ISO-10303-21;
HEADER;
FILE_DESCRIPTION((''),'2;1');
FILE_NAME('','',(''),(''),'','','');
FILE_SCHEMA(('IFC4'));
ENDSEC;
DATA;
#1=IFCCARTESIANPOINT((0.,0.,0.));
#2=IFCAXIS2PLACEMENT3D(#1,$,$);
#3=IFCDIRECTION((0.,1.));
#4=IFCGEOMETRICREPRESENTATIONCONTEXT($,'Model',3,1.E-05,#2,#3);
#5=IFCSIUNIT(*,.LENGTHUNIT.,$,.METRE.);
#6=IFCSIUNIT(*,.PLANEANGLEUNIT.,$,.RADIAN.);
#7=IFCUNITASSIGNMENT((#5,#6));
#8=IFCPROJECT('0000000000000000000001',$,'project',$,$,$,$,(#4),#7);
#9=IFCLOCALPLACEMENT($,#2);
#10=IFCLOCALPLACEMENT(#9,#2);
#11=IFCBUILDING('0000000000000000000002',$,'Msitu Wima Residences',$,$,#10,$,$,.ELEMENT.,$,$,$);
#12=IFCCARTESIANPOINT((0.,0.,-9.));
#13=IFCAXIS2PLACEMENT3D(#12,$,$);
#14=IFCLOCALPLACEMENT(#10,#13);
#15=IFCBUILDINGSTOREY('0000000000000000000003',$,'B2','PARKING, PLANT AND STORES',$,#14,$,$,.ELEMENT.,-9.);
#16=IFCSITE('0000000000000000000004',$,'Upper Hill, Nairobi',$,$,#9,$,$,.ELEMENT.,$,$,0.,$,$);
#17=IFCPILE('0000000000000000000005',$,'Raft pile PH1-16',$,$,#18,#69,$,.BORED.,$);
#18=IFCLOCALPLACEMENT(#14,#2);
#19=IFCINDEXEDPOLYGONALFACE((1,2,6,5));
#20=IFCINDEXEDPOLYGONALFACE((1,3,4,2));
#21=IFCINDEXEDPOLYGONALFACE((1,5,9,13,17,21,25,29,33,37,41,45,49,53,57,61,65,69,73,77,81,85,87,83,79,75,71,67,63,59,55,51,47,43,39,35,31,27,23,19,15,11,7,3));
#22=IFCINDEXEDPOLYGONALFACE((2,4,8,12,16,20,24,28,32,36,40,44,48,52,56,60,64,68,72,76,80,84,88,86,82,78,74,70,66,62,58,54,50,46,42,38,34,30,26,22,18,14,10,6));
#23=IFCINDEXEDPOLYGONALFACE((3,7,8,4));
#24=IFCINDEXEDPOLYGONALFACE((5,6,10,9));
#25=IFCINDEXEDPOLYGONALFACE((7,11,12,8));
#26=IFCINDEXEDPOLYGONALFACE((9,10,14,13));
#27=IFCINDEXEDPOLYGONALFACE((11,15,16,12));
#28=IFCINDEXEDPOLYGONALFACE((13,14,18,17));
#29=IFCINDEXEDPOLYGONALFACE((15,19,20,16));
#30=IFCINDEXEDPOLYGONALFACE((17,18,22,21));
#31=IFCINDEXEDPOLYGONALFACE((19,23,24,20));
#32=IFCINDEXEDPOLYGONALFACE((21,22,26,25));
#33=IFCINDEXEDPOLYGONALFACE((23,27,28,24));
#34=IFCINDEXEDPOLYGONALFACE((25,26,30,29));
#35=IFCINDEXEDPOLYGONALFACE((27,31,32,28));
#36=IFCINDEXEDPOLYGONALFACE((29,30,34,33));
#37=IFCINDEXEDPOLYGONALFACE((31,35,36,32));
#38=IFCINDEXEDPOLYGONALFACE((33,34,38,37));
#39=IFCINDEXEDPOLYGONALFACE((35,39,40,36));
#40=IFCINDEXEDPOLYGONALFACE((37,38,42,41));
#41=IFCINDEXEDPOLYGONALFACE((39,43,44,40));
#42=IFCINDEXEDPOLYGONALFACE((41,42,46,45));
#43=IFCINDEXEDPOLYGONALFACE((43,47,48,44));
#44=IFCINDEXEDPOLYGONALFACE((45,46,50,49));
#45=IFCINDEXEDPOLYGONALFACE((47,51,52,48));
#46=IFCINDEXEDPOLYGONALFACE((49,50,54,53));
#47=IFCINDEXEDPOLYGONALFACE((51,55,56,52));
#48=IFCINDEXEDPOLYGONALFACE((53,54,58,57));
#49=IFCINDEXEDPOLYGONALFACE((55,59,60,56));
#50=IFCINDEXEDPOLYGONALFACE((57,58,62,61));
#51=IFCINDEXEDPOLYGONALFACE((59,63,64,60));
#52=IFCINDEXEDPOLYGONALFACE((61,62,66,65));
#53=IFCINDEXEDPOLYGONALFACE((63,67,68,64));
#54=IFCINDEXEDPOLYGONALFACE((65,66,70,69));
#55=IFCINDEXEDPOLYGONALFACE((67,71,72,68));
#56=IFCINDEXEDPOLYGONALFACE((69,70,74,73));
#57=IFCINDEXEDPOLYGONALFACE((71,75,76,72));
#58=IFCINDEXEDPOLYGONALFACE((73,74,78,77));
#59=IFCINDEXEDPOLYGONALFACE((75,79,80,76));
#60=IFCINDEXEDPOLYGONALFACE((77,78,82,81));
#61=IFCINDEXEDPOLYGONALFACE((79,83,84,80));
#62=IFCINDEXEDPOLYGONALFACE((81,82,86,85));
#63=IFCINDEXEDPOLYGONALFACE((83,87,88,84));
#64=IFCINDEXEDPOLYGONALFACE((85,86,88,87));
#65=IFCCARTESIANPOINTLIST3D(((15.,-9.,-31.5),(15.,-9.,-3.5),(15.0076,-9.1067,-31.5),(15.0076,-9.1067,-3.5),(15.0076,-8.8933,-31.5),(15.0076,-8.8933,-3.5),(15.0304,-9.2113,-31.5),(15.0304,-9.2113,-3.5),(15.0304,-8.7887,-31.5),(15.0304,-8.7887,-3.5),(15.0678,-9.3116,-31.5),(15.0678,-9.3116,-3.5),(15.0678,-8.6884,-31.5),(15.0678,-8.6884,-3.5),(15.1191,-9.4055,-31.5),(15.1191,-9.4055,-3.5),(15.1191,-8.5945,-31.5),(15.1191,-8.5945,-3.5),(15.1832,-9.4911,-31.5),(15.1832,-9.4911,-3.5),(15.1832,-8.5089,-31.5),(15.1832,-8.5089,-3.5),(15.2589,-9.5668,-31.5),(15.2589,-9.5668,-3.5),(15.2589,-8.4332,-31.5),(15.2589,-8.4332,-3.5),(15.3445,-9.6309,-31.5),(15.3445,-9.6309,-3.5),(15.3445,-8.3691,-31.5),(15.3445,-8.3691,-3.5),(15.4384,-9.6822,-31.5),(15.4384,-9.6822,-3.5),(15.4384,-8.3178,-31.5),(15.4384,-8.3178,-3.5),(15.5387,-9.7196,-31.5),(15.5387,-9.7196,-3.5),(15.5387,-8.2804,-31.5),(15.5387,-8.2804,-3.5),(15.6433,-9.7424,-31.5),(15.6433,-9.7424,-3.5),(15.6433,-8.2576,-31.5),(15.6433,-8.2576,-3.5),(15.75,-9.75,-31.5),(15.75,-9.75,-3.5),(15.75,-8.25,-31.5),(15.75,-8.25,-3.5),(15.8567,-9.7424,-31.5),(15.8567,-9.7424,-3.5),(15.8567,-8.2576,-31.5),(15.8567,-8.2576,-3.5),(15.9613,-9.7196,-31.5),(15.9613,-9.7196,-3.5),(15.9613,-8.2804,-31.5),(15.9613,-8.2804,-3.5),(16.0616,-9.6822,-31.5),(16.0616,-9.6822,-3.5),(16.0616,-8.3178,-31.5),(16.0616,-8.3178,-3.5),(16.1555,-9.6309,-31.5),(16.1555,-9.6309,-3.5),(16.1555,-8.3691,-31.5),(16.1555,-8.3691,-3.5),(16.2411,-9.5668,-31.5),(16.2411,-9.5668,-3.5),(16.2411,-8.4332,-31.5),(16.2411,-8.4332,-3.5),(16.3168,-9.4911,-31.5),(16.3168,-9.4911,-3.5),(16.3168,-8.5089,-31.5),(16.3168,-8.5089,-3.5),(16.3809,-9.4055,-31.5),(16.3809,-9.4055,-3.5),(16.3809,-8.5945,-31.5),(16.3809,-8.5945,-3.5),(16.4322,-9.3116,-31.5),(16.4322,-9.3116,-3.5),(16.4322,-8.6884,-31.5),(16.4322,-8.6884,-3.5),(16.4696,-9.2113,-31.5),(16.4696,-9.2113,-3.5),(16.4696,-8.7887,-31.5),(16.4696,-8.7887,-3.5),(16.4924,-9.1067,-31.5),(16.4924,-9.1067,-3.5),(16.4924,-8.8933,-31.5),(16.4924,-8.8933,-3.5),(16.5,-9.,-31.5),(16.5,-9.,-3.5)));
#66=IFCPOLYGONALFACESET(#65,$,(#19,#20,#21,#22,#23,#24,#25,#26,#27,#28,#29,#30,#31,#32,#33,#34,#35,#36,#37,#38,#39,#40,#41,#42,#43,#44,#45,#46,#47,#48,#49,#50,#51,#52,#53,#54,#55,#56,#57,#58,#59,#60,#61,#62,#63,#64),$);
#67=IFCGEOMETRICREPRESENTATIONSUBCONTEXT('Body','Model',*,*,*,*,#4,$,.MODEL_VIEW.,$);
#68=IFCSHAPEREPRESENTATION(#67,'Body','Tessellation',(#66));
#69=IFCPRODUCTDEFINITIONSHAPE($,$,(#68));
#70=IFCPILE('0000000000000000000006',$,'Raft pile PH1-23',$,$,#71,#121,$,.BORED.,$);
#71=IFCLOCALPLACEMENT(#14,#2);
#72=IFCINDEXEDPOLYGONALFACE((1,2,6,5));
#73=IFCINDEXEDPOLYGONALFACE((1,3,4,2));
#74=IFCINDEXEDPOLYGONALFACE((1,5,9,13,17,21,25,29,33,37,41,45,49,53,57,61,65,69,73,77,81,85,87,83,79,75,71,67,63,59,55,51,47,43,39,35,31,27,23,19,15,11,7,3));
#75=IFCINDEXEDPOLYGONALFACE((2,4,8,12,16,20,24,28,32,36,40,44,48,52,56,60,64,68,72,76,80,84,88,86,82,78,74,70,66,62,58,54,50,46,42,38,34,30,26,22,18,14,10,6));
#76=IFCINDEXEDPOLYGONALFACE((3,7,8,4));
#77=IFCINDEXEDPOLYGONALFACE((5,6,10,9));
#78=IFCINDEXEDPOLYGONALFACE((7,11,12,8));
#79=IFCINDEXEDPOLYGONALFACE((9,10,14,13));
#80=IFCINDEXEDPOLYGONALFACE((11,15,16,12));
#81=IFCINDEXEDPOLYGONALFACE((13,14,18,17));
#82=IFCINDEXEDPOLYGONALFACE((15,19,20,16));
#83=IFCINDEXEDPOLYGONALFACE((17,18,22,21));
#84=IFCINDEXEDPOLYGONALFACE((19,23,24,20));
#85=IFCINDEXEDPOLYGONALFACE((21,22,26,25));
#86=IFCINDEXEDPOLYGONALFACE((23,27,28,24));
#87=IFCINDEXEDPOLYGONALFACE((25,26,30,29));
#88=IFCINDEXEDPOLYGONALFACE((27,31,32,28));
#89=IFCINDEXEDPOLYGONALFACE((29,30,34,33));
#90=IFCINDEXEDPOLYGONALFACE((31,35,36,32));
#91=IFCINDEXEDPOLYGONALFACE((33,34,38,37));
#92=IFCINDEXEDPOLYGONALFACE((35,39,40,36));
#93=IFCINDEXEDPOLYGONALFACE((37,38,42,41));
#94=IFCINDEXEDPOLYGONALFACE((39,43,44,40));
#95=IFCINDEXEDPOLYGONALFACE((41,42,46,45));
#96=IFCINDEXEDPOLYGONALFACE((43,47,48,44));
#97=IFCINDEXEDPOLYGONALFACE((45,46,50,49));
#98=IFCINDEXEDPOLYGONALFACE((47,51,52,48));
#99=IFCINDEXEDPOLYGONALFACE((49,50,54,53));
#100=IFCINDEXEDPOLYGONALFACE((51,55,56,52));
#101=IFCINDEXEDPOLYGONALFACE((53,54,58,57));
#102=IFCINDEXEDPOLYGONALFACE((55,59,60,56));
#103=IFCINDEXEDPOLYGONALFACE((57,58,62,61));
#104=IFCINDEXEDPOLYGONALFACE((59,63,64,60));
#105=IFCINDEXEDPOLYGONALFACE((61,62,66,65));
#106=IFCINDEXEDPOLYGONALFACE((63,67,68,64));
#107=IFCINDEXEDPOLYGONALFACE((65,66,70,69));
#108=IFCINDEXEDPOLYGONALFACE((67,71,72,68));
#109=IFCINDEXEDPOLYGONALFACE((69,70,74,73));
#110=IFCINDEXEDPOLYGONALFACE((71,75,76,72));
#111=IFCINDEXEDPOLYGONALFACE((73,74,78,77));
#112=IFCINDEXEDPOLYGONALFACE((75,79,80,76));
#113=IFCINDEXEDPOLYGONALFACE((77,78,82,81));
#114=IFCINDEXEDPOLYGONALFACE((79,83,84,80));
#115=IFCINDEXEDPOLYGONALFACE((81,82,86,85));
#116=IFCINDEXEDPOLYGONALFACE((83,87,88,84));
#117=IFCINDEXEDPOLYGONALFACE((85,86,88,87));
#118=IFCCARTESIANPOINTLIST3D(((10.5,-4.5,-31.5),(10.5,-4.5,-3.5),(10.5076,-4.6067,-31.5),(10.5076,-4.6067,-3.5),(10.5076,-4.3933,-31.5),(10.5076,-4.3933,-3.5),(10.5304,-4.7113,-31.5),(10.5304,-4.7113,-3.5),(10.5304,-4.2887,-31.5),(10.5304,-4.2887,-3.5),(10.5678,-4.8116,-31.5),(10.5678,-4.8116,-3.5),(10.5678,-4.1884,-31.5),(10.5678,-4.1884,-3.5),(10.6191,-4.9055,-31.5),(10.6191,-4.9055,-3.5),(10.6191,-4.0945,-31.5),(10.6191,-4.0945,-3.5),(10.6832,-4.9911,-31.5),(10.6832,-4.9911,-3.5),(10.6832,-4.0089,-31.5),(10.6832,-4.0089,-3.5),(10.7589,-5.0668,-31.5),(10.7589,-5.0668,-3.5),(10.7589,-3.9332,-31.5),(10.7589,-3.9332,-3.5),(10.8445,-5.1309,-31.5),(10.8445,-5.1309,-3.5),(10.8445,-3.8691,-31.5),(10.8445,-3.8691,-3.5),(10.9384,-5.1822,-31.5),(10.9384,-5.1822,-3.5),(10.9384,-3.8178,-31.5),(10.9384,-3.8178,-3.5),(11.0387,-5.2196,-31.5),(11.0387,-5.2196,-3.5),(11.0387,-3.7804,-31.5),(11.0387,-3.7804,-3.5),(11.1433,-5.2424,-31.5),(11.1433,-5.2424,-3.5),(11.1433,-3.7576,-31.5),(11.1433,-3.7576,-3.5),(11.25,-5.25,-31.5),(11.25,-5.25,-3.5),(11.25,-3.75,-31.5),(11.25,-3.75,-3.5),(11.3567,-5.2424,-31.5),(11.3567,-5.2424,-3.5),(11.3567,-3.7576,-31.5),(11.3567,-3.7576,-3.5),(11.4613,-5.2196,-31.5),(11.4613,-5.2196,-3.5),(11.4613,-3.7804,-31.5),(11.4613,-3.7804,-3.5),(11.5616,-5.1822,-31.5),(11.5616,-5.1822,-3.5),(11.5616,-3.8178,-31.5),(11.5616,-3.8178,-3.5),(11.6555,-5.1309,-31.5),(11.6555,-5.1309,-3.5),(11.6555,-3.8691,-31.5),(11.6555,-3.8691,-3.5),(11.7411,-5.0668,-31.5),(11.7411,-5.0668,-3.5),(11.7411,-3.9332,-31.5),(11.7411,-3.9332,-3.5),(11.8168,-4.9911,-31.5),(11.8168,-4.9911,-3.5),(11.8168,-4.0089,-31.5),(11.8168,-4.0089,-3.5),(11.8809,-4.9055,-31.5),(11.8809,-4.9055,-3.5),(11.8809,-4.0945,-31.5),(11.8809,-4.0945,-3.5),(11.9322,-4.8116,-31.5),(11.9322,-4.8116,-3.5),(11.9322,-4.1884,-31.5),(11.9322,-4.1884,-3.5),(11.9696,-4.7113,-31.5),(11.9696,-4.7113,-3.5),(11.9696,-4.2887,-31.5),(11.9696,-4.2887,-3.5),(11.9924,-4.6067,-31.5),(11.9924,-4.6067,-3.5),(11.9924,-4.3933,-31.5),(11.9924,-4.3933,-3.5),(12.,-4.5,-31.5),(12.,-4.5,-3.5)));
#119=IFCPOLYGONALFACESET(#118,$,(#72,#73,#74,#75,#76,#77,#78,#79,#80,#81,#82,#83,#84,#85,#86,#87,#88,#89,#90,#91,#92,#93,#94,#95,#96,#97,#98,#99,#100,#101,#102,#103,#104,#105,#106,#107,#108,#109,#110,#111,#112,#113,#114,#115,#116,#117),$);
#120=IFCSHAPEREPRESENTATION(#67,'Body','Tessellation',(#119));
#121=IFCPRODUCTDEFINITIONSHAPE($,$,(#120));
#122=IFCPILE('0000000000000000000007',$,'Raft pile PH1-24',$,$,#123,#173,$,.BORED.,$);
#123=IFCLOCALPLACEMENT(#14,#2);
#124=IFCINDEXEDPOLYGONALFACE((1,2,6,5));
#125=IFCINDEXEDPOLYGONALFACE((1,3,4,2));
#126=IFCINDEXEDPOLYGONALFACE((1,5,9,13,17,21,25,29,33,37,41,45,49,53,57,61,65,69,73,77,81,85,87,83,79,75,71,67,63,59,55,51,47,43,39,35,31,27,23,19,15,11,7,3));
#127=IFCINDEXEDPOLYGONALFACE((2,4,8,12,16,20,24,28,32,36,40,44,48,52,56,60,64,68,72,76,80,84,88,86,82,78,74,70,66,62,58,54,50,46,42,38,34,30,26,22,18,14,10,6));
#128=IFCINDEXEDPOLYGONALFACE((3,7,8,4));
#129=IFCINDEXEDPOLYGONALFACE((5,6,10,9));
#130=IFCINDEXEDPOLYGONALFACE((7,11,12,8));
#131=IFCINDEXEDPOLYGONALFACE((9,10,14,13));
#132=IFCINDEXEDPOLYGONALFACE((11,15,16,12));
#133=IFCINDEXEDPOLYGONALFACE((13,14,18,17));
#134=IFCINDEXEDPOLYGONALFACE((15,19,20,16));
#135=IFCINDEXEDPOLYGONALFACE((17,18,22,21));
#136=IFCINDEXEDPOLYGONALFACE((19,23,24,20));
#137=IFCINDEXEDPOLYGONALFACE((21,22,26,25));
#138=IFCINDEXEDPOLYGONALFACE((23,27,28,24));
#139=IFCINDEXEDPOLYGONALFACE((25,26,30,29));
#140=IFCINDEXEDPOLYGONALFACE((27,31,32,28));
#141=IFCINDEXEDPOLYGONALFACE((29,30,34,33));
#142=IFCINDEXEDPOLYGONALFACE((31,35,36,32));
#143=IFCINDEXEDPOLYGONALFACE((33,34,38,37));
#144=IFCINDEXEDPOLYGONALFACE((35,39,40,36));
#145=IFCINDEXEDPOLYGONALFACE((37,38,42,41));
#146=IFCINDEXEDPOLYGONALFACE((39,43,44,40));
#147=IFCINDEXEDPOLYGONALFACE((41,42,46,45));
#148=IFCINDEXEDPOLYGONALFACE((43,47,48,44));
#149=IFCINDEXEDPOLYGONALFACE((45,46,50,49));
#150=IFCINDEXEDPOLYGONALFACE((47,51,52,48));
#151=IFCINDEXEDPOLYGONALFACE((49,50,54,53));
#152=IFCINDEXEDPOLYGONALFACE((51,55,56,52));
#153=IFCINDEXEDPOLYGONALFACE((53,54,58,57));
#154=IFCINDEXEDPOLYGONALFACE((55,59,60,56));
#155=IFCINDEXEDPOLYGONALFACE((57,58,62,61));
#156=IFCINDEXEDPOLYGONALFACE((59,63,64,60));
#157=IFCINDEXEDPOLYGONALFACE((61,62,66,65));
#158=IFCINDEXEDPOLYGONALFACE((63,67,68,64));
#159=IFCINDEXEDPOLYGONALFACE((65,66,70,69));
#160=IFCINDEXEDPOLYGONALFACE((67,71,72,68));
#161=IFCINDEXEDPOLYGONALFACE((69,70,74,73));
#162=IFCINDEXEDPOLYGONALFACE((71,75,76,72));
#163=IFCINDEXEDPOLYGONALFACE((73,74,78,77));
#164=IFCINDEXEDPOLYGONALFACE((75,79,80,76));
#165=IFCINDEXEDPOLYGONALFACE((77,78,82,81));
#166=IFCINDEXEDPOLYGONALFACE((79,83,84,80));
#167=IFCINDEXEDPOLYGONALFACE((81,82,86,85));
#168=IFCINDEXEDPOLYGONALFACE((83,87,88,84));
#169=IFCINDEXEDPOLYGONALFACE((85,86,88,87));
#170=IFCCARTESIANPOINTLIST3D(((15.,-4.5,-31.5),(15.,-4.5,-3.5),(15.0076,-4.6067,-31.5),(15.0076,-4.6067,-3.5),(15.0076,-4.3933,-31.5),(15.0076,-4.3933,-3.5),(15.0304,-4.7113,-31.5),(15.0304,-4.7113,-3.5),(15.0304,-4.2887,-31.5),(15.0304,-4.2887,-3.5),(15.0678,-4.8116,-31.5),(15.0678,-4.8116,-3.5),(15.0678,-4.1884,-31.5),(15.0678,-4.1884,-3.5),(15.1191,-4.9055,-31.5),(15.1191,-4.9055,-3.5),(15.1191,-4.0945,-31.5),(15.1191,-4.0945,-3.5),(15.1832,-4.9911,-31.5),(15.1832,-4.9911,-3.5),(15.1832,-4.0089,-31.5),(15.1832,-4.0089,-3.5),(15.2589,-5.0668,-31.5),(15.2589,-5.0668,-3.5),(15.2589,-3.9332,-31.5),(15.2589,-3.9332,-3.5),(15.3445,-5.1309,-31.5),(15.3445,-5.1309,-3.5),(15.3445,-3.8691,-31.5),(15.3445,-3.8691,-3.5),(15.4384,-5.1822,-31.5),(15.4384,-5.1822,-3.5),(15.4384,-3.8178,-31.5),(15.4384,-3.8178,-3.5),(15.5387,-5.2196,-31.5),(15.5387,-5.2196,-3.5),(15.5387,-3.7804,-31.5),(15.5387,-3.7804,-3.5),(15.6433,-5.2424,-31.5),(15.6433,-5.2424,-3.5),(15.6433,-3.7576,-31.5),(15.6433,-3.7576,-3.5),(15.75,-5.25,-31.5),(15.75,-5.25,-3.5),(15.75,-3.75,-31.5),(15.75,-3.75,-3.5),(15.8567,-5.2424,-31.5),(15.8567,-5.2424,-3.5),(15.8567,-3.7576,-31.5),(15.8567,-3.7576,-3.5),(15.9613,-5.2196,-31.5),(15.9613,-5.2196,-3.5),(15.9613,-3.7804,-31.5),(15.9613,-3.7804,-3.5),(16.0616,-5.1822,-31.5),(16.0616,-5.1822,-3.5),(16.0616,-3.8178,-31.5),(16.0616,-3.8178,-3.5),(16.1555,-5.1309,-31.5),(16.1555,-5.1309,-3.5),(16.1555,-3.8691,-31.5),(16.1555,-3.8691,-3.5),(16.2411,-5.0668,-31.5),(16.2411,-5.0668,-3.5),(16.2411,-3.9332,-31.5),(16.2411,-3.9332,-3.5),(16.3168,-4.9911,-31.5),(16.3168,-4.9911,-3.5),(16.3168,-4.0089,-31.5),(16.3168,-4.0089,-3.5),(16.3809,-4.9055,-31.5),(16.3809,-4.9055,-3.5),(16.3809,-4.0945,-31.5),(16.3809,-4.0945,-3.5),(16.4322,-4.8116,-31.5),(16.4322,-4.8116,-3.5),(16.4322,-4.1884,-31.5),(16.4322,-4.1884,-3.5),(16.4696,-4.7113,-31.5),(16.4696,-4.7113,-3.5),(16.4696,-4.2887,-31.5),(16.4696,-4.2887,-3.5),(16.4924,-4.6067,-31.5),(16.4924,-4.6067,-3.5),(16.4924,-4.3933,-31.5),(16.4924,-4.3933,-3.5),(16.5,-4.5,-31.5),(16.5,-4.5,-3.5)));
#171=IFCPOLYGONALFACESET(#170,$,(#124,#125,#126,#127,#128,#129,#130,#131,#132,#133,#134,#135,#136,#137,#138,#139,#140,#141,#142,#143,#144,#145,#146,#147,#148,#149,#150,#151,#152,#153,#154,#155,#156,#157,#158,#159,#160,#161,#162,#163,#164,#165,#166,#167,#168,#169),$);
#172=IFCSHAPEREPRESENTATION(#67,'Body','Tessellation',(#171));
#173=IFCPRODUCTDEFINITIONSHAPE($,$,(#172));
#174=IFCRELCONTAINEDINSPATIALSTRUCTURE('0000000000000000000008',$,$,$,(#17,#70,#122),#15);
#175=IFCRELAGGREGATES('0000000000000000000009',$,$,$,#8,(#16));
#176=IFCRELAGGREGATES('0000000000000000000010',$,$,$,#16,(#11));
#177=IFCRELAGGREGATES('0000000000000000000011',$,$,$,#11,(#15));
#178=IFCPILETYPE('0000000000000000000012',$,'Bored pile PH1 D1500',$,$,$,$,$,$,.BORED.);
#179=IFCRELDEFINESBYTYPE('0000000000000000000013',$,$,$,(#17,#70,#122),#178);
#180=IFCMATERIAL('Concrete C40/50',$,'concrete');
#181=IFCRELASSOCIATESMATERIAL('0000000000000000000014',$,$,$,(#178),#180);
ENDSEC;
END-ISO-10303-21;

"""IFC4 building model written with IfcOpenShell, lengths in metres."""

from ifc_helpers import new_model, si_unit, direction, frame, origin, origin_2d, place, context, subcontext, project, spatial, circle, extrude, material, type_object, element, save


model = new_model("IFC4")

# Units and contexts
model_context = context("Model", 3, precision=1e-05, world=origin(), true_north=direction((0.0, 1.0)))
body_context = subcontext(model_context, "Body", "Model", "MODEL_VIEW")
ifc_project = project(units=[si_unit("LENGTHUNIT", "METRE"), si_unit("PLANEANGLEUNIT", "RADIAN")], contexts=[model_context])

# Site, building, storey
site_placement = place(None, origin())
site = spatial("IfcSite", under=ifc_project, at=site_placement, Name="Upper Hill, Nairobi", CompositionType="ELEMENT", RefElevation=0.0)
building_placement = place(site_placement, origin())
building = spatial("IfcBuilding", under=site, at=building_placement, Name="Msitu Wima Residences", CompositionType="ELEMENT")
storey_placement = place(building_placement, frame((0.0, 0.0, -9.0)))
storey = spatial("IfcBuildingStorey", under=building, at=storey_placement, Name="B2", Description="PARKING, PLANT AND STORES", CompositionType="ELEMENT", Elevation=-9.0)

# Piles
ifc_material_1 = material(Name="Concrete C40/50", Category="concrete")
pile_type = type_object("IfcPileType", Name="Bored pile PH1 D1500", PredefinedType="BORED", material=ifc_material_1)
for number, where, z_axis, x_axis, name in (
    (1, (15.75, -9.0, -3.5), (0.0, 0.0, -1.0), (1.0, 0.0, 0.0), "Raft pile PH1-16"),
    (2, (11.25, -4.5, -3.5), (0.0, 0.0, -1.0), (1.0, 0.0, 0.0), "Raft pile PH1-23"),
    (3, (15.75, -4.5, -3.5), (0.0, 0.0, -1.0), (1.0, 0.0, 0.0), "Raft pile PH1-24"),
):
    element("IfcPile", number, at=place(storey_placement, frame(where, z_axis=z_axis, x_axis=x_axis)), inside=storey, type_object=pile_type, Name=name, PredefinedType="BORED", context=body_context, shape_type="SweptSolid", body=[
        extrude(circle(Radius=0.75, at=origin_2d()), origin(), (0.0, 0.0, 1.0), 28.0),
    ])

save(model, "model.ifc")
